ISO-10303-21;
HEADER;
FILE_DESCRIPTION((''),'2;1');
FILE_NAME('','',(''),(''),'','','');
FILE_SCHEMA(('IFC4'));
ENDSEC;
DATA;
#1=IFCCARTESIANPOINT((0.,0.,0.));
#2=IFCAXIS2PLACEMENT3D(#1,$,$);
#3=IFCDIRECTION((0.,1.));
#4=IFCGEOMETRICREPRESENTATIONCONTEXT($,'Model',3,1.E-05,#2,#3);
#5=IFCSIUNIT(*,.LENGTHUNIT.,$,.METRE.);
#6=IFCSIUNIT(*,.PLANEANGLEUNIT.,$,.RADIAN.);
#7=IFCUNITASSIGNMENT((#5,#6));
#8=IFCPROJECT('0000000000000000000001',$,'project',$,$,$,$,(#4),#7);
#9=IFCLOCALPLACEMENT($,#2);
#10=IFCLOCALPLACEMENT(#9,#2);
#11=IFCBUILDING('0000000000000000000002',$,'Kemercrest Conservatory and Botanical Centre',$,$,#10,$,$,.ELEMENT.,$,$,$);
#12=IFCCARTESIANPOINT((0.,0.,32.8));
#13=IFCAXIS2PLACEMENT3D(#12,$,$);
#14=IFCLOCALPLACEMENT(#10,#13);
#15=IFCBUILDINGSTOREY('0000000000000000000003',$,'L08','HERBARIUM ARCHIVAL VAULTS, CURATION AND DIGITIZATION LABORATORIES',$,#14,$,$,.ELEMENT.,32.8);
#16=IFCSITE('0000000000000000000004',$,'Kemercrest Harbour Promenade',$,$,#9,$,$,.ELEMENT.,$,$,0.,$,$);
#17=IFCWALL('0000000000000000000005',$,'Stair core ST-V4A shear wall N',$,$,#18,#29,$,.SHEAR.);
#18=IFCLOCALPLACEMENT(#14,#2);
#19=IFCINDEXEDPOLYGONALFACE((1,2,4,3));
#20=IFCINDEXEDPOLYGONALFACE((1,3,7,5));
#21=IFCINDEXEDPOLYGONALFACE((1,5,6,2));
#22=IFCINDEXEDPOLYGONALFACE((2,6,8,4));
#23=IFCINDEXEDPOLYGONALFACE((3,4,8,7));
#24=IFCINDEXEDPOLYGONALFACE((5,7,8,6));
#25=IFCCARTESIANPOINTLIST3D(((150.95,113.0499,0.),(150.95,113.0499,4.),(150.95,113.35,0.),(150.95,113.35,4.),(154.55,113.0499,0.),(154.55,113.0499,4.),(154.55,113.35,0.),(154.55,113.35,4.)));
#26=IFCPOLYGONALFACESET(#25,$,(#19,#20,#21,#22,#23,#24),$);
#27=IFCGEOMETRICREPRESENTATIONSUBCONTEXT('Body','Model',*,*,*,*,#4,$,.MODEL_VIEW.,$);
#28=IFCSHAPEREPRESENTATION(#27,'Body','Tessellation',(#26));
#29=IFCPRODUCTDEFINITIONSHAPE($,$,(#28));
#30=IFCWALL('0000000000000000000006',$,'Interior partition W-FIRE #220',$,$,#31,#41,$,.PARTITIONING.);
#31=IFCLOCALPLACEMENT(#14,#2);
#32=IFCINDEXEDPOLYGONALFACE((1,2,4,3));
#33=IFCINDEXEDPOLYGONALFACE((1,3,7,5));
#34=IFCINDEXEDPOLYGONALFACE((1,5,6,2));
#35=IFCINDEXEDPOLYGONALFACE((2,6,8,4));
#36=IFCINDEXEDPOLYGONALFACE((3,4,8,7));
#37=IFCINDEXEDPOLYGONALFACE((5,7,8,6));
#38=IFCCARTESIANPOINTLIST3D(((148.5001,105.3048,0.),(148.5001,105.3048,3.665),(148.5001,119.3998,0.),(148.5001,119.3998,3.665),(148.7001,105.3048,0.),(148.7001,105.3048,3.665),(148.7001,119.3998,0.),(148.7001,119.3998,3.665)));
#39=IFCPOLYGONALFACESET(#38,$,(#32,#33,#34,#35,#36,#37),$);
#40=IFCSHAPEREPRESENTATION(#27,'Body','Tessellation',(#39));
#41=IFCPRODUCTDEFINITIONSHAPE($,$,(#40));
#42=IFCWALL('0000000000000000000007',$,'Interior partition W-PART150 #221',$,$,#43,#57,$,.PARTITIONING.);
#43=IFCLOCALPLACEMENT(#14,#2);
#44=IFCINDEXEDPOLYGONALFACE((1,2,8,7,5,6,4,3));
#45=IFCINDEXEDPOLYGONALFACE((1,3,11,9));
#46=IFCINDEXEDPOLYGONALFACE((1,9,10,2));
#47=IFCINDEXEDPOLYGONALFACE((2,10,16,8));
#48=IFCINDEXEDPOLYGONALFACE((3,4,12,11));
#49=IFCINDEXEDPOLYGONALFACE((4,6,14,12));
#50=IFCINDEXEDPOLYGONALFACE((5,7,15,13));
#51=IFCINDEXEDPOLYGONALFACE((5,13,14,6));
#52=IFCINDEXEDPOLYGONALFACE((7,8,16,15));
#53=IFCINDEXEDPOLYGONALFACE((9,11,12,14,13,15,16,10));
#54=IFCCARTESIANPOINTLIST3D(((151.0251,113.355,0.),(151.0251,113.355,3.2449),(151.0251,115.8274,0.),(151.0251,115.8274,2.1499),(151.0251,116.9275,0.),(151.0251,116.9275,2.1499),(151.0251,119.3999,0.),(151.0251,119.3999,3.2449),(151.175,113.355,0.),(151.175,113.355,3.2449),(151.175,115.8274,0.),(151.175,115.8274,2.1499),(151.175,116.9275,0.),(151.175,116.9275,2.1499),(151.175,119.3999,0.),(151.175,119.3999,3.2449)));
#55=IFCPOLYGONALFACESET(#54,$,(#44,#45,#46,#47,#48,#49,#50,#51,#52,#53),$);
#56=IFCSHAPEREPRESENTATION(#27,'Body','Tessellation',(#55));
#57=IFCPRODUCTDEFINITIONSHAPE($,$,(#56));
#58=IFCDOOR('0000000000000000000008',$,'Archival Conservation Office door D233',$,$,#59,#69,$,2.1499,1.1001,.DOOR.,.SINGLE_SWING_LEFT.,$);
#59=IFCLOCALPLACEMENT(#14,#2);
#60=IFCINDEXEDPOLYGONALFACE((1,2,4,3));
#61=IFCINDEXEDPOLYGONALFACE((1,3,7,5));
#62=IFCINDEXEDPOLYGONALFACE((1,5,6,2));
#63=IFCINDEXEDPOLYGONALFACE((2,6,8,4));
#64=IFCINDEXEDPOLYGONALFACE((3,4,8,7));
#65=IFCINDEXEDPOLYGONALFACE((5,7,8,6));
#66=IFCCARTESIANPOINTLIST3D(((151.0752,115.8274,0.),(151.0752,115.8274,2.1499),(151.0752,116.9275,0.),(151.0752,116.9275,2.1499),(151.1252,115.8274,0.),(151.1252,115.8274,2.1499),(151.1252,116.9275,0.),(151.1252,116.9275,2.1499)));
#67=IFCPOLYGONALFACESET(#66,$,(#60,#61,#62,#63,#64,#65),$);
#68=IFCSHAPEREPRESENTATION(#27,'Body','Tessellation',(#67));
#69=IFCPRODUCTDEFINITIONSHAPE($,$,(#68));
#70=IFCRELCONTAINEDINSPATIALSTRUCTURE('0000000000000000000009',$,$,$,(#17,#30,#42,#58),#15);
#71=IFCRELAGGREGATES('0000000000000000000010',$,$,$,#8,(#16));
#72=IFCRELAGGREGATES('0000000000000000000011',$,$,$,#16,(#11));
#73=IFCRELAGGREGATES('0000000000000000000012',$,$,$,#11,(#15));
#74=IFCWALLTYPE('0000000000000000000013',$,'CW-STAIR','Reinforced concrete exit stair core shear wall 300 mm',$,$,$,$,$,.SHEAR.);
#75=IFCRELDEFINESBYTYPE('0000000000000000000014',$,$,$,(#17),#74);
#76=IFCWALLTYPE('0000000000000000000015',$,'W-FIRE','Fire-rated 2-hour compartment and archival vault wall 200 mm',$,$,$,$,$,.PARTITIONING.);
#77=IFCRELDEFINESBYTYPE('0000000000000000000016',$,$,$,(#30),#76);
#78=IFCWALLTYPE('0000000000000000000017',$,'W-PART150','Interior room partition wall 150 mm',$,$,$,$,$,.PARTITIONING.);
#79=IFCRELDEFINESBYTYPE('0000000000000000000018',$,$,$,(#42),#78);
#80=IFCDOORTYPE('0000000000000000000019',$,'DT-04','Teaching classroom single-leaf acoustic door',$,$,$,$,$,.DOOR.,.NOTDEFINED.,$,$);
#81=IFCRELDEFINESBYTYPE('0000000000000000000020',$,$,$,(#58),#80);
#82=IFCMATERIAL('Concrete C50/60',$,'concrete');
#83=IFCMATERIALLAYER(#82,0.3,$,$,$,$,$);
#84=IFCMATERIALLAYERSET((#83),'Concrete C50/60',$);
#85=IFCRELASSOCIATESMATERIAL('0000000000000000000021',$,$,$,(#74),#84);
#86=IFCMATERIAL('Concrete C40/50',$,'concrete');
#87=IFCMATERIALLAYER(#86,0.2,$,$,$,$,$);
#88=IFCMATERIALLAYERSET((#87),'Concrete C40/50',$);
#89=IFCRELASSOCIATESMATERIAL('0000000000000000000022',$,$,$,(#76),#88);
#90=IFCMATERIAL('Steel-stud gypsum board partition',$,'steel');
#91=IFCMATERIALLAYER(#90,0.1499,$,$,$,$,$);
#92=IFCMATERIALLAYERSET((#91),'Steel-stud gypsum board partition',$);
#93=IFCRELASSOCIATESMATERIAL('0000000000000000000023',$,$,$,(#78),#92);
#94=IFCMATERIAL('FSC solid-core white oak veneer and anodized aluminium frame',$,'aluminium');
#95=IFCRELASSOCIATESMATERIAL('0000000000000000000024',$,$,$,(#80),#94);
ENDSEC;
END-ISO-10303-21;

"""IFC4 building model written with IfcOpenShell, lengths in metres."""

from ifc_helpers import new_model, si_unit, direction, frame, frame_2d, origin, place, context, subcontext, project, spatial, rectangle, extrude, material, layer, layer_set, type_object, element, fill, save


model = new_model("IFC4")

# Units and contexts
model_context = context("Model", 3, precision=1e-05, world=origin(), true_north=direction((0.0, 1.0)))
body_context = subcontext(model_context, "Body", "Model", "MODEL_VIEW")
ifc_project = project(units=[si_unit("LENGTHUNIT", "METRE"), si_unit("PLANEANGLEUNIT", "RADIAN")], contexts=[model_context])

# Site, building, storey
site_placement = place(None, origin())
site = spatial("IfcSite", under=ifc_project, at=site_placement, Name="Kemercrest Harbour Promenade", CompositionType="ELEMENT", RefElevation=0.0)
building_placement = place(site_placement, origin())
building = spatial("IfcBuilding", under=site, at=building_placement, Name="Kemercrest Conservatory and Botanical Centre", CompositionType="ELEMENT")
storey_placement = place(building_placement, frame((0.0, 0.0, 32.8)))
storey = spatial("IfcBuildingStorey", under=building, at=storey_placement, Name="L08", Description="HERBARIUM ARCHIVAL VAULTS, CURATION AND DIGITIZATION LABORATORIES", CompositionType="ELEMENT", Elevation=32.8)

# Shared definitions
ifc_material_1 = material(Name="Concrete C50/60", Category="concrete")

# Shared definitions
ifc_material_2 = material(Name="Concrete C40/50", Category="concrete")

# Walls
ifc_layer_1 = layer(ifc_material_1, 0.3)
ifc_layer_set_1 = layer_set([ifc_layer_1], Name="Concrete C50/60")
wall_type_1 = type_object("IfcWallType", Name="CW-STAIR", Description="Reinforced concrete exit stair core shear wall 300 mm", PredefinedType="SHEAR", material=ifc_layer_set_1)
for number, where, z_axis, x_axis, name in (
    (1, (150.95, 113.2, 0.0), (0.0, 0.0, 1.0), (1.0, 0.0, 0.0), "Stair core ST-V4A shear wall N"),
):
    element("IfcWall", number, at=place(storey_placement, frame(where, z_axis=z_axis, x_axis=x_axis)), inside=storey, type_object=wall_type_1, Name=name, PredefinedType="SHEAR", context=body_context, shape_type="SweptSolid", body=[
        extrude(rectangle(XDim=3.6001, YDim=0.3, at=frame_2d((1.8, 0.0))), origin(), (0.0, 0.0, 1.0), 4.0),
    ])
ifc_layer_2 = layer(ifc_material_2, 0.2)
ifc_layer_set_2 = layer_set([ifc_layer_2], Name="Concrete C40/50")
wall_type_2 = type_object("IfcWallType", Name="W-FIRE", Description="Fire-rated 2-hour compartment and archival vault wall 200 mm", PredefinedType="PARTITIONING", material=ifc_layer_set_2)
wall_1_placement = place(storey_placement, frame((148.6001, 105.3049, 0.0), z_axis=(0.0, 0.0, 1.0), x_axis=(0.0, 1.0, 0.0)))
element("IfcWall", 2, at=wall_1_placement, inside=storey, type_object=wall_type_2, Name="Interior partition W-FIRE #220", PredefinedType="PARTITIONING", context=body_context, shape_type="SweptSolid", body=[
    extrude(rectangle(XDim=14.095, YDim=0.2, at=frame_2d((7.0474, 0.0))), origin(), (0.0, 0.0, 1.0), 3.665),
])

# Wall, opening, door
ifc_material_3 = material(Name="Steel-stud gypsum board partition", Category="steel")
ifc_layer_3 = layer(ifc_material_3, 0.1499)
ifc_layer_set_3 = layer_set([ifc_layer_3], Name="Steel-stud gypsum board partition")
wall_type_3 = type_object("IfcWallType", Name="W-PART150", Description="Interior room partition wall 150 mm", PredefinedType="PARTITIONING", material=ifc_layer_set_3)
wall_2_placement = place(storey_placement, frame((151.1001, 113.355, 0.0), z_axis=(0.0, 0.0, 1.0), x_axis=(0.0, 1.0, 0.0)))
wall_2 = element("IfcWall", 3, at=wall_2_placement, inside=storey, type_object=wall_type_3, Name="Interior partition W-PART150 #221", PredefinedType="PARTITIONING", context=body_context, shape_type="SweptSolid", body=[
    extrude(rectangle(XDim=6.0449, YDim=0.1499, at=frame_2d((3.0225, 0.0))), origin(), (0.0, 0.0, 1.0), 3.2449),
])
opening_placement = place(wall_2_placement, frame((2.4724, 0.0, 0.0)))
opening = element("IfcOpeningElement", 4, at=opening_placement, cuts=wall_2, PredefinedType="OPENING", context=body_context, shape_type="SweptSolid", body=[
    extrude(rectangle(XDim=1.1001, YDim=2.1499, at=frame_2d((0.55, 1.075))), frame((0.0, 0.085, 0.0), z_axis=(0.0, -1.0, 0.0), x_axis=(1.0, 0.0, 0.0)), (0.0, 0.0, 1.0), 0.1699),
])
ifc_material_4 = material(Name="FSC solid-core white oak veneer and anodized aluminium frame", Category="aluminium")
door_type = type_object("IfcDoorType", Name="DT-04", Description="Teaching classroom single-leaf acoustic door", OperationType="NOTDEFINED", PredefinedType="DOOR", material=ifc_material_4)
door_placement = place(opening_placement, origin())
door = element("IfcDoor", 5, at=door_placement, inside=storey, type_object=door_type, Name="Archival Conservation Office door D233", OperationType="SINGLE_SWING_LEFT", OverallHeight=2.1499, OverallWidth=1.1001, PredefinedType="DOOR", context=body_context, shape_type="SweptSolid", body=[
    extrude(rectangle(XDim=1.1001, YDim=2.1499, at=frame_2d((0.55, 1.075))), frame((0.0, 0.0249, 0.0), z_axis=(0.0, -1.0, 0.0), x_axis=(1.0, 0.0, 0.0)), (0.0, 0.0, 1.0), 0.05),
])
fill(opening, door)

save(model, "model.ifc")
